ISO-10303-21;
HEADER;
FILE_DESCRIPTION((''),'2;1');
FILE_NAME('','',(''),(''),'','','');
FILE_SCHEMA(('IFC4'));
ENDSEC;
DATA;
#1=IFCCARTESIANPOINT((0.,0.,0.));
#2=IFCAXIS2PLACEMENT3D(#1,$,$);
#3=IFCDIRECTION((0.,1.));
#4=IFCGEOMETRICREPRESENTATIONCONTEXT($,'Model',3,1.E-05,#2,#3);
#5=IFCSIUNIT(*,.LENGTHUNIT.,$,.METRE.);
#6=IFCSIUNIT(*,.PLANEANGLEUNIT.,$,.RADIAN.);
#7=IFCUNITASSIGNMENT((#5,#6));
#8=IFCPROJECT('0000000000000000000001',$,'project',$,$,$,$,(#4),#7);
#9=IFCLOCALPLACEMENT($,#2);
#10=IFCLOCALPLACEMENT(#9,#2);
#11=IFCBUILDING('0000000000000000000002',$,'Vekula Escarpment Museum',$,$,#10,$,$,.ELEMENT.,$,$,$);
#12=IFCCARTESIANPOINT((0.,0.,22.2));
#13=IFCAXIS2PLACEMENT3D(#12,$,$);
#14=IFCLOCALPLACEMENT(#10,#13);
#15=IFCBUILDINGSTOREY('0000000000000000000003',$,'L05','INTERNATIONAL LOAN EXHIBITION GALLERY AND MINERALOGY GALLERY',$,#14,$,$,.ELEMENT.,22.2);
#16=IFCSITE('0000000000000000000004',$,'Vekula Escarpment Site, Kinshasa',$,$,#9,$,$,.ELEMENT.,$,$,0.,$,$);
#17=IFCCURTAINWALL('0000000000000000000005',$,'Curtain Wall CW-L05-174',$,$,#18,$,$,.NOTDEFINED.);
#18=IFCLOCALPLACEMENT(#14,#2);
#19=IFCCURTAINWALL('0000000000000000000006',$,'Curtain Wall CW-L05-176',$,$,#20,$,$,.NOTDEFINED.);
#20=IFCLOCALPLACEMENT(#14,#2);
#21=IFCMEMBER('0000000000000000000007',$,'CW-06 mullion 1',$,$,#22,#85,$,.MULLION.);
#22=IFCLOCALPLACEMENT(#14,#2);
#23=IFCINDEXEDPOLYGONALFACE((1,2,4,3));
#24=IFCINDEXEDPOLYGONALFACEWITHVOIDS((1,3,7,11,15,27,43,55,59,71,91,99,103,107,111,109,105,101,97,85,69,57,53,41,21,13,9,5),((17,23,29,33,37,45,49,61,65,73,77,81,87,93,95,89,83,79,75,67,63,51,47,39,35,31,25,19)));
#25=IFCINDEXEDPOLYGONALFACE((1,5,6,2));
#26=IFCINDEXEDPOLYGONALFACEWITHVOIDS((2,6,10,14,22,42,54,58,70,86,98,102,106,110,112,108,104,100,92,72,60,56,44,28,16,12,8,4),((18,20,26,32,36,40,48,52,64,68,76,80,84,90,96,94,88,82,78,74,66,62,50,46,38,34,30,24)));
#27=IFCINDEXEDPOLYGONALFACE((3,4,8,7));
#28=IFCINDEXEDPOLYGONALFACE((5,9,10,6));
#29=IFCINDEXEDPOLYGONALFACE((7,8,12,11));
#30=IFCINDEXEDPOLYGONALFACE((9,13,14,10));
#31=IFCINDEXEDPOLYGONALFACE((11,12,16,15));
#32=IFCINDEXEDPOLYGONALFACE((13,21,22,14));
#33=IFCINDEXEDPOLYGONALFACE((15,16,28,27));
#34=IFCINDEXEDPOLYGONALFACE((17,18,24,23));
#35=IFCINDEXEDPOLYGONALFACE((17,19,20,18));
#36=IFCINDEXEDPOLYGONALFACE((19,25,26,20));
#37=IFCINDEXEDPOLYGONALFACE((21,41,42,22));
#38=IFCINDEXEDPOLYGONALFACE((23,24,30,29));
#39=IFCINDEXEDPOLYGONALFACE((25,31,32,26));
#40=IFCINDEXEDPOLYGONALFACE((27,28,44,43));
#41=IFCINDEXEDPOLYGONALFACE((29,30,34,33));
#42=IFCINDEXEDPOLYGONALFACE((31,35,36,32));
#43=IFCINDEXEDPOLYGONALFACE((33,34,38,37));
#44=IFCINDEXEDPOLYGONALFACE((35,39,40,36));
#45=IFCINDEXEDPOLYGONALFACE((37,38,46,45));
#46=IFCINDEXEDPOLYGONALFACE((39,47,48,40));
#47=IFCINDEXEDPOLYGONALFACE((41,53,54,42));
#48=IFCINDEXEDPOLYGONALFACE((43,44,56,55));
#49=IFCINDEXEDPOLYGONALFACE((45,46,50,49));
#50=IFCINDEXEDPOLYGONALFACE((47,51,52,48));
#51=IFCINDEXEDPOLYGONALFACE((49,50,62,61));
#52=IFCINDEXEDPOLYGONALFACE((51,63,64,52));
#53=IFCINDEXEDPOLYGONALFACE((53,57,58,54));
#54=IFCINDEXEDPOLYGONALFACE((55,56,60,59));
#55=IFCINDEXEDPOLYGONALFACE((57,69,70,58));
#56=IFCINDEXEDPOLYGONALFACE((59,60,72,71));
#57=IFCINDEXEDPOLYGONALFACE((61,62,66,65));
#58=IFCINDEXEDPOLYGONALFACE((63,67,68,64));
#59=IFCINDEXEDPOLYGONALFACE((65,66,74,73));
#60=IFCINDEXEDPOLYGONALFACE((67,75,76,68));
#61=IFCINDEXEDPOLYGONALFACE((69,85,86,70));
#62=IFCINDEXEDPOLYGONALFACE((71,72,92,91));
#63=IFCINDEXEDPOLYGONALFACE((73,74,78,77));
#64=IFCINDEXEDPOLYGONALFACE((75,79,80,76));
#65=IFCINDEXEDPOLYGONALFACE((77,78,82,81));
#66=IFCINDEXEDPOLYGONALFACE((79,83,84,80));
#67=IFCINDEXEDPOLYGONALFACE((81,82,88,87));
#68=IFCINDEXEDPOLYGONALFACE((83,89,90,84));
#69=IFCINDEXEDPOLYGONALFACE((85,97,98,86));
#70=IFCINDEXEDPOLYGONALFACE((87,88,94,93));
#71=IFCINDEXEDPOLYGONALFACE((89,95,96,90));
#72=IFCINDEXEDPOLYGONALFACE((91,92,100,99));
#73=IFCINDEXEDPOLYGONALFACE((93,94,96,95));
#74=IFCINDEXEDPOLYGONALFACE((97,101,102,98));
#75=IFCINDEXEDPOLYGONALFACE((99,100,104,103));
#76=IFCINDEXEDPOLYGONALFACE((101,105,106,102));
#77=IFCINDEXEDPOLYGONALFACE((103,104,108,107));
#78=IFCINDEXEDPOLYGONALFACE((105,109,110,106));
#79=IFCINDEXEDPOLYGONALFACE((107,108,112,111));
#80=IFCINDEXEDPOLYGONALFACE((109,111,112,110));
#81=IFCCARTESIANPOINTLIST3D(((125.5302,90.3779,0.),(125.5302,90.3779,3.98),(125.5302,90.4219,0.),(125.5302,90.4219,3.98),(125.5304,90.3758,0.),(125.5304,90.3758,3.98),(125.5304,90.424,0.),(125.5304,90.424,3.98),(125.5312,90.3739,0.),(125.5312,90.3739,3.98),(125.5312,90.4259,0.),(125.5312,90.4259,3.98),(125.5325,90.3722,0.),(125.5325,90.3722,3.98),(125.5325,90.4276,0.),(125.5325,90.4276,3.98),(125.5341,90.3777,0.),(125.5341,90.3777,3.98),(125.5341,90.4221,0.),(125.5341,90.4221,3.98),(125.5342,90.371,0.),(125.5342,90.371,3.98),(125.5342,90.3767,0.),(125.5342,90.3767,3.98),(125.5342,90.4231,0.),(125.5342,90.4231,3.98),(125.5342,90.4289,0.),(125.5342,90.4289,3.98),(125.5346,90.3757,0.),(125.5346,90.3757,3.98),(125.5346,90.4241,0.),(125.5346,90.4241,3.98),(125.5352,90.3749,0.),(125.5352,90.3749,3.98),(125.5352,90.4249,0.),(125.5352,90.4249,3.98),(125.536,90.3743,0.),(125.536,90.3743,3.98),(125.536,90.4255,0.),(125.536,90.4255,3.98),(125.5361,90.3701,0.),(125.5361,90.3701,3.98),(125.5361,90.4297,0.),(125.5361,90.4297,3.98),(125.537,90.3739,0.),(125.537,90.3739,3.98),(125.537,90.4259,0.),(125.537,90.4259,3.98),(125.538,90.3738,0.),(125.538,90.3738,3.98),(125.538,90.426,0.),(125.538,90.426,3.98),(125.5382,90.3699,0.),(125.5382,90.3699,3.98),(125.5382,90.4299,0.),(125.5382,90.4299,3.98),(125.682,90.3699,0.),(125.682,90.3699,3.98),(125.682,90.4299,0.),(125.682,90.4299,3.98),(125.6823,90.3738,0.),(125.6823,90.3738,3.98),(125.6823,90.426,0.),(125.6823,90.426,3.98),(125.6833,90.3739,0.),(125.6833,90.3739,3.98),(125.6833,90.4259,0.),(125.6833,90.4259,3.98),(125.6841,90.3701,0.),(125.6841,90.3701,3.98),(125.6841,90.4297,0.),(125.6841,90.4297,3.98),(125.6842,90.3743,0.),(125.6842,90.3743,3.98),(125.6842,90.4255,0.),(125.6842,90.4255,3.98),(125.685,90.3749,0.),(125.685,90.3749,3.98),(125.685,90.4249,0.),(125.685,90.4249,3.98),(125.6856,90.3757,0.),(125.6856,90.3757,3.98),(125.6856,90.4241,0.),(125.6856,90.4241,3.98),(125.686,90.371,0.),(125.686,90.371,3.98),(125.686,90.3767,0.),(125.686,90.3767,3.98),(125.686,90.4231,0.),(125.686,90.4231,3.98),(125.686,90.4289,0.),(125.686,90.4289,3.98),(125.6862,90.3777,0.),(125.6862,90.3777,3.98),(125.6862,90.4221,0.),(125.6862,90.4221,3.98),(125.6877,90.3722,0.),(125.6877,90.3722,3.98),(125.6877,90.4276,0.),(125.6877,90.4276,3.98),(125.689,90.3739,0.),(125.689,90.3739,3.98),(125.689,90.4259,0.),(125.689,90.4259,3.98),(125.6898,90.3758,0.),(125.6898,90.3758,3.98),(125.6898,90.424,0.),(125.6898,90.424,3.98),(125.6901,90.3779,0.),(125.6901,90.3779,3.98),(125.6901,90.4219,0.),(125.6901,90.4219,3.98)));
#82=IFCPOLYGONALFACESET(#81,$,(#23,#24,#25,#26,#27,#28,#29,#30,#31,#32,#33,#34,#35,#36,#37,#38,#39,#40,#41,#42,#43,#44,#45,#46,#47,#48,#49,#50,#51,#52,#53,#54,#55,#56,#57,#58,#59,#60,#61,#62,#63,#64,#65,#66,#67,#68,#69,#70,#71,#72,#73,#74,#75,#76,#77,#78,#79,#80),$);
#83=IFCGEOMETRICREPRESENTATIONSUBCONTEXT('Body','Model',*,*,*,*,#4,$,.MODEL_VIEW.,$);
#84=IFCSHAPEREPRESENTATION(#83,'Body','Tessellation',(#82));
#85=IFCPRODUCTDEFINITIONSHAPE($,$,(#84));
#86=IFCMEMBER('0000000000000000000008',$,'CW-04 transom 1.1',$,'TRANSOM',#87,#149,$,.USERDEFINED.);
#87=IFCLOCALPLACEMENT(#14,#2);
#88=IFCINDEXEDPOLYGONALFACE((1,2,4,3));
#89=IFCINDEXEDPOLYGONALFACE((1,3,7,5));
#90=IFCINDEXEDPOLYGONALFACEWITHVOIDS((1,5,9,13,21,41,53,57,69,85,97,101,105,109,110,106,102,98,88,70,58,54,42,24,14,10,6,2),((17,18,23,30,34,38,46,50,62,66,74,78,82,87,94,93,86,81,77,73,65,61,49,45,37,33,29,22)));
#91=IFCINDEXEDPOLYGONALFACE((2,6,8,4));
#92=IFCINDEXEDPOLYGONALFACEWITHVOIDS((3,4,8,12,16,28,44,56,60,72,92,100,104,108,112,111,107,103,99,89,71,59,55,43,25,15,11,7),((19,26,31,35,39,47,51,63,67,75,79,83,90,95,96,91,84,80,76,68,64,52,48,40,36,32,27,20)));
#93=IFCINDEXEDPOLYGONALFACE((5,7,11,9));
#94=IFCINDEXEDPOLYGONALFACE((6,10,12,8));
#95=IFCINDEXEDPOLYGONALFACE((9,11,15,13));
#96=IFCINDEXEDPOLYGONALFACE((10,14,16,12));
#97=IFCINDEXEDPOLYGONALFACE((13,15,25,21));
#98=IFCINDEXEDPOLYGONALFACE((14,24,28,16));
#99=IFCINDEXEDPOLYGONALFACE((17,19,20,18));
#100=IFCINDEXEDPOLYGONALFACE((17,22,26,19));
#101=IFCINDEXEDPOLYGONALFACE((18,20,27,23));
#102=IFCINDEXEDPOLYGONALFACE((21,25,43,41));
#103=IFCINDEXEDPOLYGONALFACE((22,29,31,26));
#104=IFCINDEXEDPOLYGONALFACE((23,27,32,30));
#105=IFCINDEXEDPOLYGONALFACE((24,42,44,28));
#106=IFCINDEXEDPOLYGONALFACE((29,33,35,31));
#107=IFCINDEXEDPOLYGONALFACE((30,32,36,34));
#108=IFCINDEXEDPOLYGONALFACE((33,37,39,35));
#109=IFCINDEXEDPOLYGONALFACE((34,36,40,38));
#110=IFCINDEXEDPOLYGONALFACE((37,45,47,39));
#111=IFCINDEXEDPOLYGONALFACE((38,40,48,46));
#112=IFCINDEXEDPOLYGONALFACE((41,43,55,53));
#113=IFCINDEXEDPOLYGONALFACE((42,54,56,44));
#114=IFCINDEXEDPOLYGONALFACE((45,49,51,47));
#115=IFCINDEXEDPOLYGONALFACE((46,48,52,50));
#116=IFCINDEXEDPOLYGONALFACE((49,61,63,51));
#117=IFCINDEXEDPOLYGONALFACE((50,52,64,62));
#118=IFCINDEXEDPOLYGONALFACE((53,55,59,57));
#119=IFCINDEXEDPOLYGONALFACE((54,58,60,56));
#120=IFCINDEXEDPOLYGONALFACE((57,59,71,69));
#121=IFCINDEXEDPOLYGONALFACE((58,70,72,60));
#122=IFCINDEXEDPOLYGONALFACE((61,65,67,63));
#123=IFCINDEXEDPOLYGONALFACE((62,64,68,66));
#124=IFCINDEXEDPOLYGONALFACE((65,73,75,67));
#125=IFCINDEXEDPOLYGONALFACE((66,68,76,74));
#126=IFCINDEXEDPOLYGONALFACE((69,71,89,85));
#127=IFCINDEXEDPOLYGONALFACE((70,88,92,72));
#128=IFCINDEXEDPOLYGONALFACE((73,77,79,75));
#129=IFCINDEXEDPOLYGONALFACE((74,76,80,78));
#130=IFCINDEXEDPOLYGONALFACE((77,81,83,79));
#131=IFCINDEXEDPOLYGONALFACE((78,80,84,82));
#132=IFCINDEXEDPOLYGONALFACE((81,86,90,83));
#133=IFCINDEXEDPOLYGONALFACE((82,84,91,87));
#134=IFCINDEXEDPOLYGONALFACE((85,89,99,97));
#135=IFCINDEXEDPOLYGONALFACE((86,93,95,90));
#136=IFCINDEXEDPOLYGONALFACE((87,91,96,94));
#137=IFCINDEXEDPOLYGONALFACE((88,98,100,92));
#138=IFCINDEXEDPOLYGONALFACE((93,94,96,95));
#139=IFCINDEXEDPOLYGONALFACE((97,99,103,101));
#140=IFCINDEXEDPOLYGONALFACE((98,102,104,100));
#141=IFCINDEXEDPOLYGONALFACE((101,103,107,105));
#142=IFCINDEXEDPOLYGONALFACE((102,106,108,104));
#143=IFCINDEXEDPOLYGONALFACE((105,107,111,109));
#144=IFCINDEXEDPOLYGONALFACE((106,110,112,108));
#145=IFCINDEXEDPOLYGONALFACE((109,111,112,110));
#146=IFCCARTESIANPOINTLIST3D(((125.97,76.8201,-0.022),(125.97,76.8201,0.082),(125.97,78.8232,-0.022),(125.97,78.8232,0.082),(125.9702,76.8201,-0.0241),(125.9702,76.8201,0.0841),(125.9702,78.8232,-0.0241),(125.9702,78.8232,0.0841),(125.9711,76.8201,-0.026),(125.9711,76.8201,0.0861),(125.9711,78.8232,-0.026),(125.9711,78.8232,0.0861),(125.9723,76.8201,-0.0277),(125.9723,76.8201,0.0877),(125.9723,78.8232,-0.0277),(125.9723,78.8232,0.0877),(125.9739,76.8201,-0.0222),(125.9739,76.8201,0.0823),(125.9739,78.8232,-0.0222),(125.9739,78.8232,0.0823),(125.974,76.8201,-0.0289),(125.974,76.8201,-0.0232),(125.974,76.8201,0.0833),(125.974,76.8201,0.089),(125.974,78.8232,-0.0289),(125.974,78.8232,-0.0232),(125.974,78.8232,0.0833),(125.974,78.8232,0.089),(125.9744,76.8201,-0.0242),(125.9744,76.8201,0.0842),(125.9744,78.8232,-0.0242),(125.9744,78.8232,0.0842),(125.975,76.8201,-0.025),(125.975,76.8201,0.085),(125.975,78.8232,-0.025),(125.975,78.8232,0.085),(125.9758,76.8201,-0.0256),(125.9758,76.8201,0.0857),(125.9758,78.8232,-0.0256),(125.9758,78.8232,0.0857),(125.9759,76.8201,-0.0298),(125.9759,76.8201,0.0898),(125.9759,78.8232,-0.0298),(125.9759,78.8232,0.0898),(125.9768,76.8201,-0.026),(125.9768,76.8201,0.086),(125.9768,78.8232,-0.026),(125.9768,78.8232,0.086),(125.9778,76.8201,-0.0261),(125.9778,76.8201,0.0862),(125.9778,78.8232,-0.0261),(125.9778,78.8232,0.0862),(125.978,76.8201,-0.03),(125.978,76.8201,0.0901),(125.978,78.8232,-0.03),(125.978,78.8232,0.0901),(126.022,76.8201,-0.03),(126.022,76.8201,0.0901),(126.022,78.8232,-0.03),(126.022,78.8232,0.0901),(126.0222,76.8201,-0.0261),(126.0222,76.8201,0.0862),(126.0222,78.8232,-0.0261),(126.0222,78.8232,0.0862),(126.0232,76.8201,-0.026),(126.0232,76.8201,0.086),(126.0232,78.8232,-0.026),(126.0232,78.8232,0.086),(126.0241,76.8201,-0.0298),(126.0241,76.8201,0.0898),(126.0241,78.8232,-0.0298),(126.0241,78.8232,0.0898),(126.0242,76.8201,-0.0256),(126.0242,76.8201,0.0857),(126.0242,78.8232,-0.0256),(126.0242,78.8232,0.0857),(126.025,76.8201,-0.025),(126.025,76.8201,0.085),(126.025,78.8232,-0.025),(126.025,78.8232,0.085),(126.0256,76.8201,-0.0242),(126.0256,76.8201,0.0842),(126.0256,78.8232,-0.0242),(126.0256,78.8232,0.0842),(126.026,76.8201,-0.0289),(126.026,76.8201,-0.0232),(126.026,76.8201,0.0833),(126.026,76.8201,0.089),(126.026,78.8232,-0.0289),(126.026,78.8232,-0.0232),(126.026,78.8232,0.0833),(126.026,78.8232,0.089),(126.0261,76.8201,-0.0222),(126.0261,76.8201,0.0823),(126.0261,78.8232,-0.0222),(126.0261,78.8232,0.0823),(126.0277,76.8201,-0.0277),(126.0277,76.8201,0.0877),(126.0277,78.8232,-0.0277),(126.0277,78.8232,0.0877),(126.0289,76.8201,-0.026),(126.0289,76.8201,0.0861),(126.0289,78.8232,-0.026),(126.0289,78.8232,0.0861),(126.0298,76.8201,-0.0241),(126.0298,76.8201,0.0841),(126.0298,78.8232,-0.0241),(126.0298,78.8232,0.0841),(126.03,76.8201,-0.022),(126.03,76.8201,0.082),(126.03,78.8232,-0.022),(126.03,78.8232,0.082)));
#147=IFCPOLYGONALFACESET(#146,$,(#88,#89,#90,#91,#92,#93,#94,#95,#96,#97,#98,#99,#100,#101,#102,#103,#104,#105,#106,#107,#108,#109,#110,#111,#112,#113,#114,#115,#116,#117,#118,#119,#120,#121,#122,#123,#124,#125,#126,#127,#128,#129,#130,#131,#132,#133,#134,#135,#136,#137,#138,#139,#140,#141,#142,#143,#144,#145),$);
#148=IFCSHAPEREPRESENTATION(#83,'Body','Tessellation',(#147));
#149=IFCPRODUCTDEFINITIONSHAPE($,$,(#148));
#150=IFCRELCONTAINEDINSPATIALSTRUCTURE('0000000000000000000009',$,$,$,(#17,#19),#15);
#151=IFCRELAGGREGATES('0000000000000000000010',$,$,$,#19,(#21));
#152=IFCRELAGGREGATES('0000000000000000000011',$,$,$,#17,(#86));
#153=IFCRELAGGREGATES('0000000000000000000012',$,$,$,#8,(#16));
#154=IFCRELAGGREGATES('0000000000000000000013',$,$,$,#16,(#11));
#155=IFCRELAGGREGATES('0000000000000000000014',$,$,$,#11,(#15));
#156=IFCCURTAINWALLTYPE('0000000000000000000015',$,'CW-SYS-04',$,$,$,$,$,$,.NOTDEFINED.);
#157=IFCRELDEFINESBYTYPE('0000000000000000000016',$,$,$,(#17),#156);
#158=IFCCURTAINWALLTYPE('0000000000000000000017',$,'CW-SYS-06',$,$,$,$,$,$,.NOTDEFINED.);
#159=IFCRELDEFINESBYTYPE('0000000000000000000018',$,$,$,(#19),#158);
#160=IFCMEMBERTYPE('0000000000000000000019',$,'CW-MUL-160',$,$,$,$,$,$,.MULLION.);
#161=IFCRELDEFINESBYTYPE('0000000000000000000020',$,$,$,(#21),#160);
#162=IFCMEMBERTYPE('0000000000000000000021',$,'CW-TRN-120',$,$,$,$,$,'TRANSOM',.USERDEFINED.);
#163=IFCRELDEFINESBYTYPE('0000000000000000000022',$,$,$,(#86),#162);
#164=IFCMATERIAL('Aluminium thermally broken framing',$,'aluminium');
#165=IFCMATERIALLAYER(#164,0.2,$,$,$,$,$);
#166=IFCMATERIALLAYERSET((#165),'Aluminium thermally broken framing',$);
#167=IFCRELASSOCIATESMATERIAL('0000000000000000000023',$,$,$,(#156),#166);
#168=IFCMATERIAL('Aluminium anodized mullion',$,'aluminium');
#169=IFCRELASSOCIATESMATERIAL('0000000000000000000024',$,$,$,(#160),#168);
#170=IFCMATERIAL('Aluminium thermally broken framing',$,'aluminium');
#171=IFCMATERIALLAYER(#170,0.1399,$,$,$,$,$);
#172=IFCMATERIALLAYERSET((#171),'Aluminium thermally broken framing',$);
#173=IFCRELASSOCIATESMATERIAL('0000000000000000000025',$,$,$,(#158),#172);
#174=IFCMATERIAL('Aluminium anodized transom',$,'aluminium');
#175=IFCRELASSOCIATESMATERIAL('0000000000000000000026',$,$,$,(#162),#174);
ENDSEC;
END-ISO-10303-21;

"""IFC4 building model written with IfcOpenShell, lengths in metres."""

from ifc_helpers import new_model, si_unit, direction, frame, origin, origin_2d, place, context, subcontext, project, spatial, hollow_rectangle, extrude, material, layer, layer_set, material_profile, profile_set, type_object, element, aggregate, save


model = new_model("IFC4")

# Units and contexts
model_context = context("Model", 3, precision=1e-05, world=origin(), true_north=direction((0.0, 1.0)))
body_context = subcontext(model_context, "Body", "Model", "MODEL_VIEW")
ifc_project = project(units=[si_unit("LENGTHUNIT", "METRE"), si_unit("PLANEANGLEUNIT", "RADIAN")], contexts=[model_context])

# Site, building, storey
site_placement = place(None, origin())
site = spatial("IfcSite", under=ifc_project, at=site_placement, Name="Vekula Escarpment Site, Kinshasa", CompositionType="ELEMENT", RefElevation=0.0)
building_placement = place(site_placement, origin())
building = spatial("IfcBuilding", under=site, at=building_placement, Name="Vekula Escarpment Museum", CompositionType="ELEMENT")
storey_placement = place(building_placement, frame((0.0, 0.0, 22.2)))
storey = spatial("IfcBuildingStorey", under=building, at=storey_placement, Name="L05", Description="INTERNATIONAL LOAN EXHIBITION GALLERY AND MINERALOGY GALLERY", CompositionType="ELEMENT", Elevation=22.2)

# Curtain wall
ifc_material_1 = material(Name="Aluminium thermally broken framing", Category="aluminium")
ifc_layer_1 = layer(ifc_material_1, 0.2)
ifc_layer_set_1 = layer_set([ifc_layer_1], Name="Aluminium thermally broken framing")
curtain_wall_type_1 = type_object("IfcCurtainWallType", Name="CW-SYS-04", PredefinedType="NOTDEFINED", material=ifc_layer_set_1)
curtain_wall_1_placement = place(storey_placement, origin())
curtain_wall_1 = element("IfcCurtainWall", 1, at=curtain_wall_1_placement, inside=storey, type_object=curtain_wall_type_1, Name="Curtain Wall CW-L05-174", PredefinedType="NOTDEFINED")
ifc_material_2 = material(Name="Aluminium anodized mullion", Category="aluminium")
ifc_material_profile_1 = material_profile(ifc_material_2, hollow_rectangle(XDim=0.0601, YDim=0.1599, WallThickness=0.0039, InnerFilletRadius=0.0039, OuterFilletRadius=0.0081, at=origin_2d()), Name="ALU 160x60x4")
ifc_profile_set_1 = profile_set([ifc_material_profile_1], Name="Aluminium anodized mullion")
member_type_1 = type_object("IfcMemberType", Name="CW-MUL-160", PredefinedType="MULLION", material=ifc_profile_set_1)

# Curtain wall, member
ifc_material_3 = material(Name="Aluminium thermally broken framing", Category="aluminium")
ifc_layer_2 = layer(ifc_material_3, 0.1399)
ifc_layer_set_2 = layer_set([ifc_layer_2], Name="Aluminium thermally broken framing")
curtain_wall_type_2 = type_object("IfcCurtainWallType", Name="CW-SYS-06", PredefinedType="NOTDEFINED", material=ifc_layer_set_2)
curtain_wall_2_placement = place(storey_placement, origin())
curtain_wall_2 = element("IfcCurtainWall", 2, at=curtain_wall_2_placement, inside=storey, type_object=curtain_wall_type_2, Name="Curtain Wall CW-L05-176", PredefinedType="NOTDEFINED")
member_1_placement = place(storey_placement, frame((125.6101, 90.3999, 0.0), z_axis=(0.0, 0.0, 1.0), x_axis=(0.0, -1.0, 0.0)))
member_1 = element("IfcMember", 3, at=member_1_placement, type_object=member_type_1, Name="CW-06 mullion 1", PredefinedType="MULLION", context=body_context, shape_type="SweptSolid", body=[
    extrude(hollow_rectangle(XDim=0.0601, YDim=0.1599, WallThickness=0.0039, InnerFilletRadius=0.0039, OuterFilletRadius=0.0081, at=origin_2d()), origin(), (0.0, 0.0, 1.0), 3.98),
])

# Member
ifc_material_4 = material(Name="Aluminium anodized transom", Category="aluminium")
ifc_material_profile_2 = material_profile(ifc_material_4, hollow_rectangle(XDim=0.0601, YDim=0.1201, WallThickness=0.0039, InnerFilletRadius=0.0039, OuterFilletRadius=0.0081, at=origin_2d()), Name="ALU 120x60x4")
ifc_profile_set_2 = profile_set([ifc_material_profile_2], Name="Aluminium anodized transom")
member_type_2 = type_object("IfcMemberType", Name="CW-TRN-120", ElementType="TRANSOM", PredefinedType="USERDEFINED", material=ifc_profile_set_2)
member_2_placement = place(storey_placement, frame((126.0, 76.8201, 0.03), z_axis=(0.0, 1.0, 0.0), x_axis=(-1.0, 0.0, 0.0)))
member_2 = element("IfcMember", 4, at=member_2_placement, type_object=member_type_2, Name="CW-04 transom 1.1", ObjectType="TRANSOM", PredefinedType="USERDEFINED", context=body_context, shape_type="SweptSolid", body=[
    extrude(hollow_rectangle(XDim=0.0601, YDim=0.1201, WallThickness=0.0039, InnerFilletRadius=0.0039, OuterFilletRadius=0.0081, at=origin_2d()), origin(), (0.0, 0.0, 1.0), 2.0032),
])
aggregate(curtain_wall_2, [member_1])

aggregate(curtain_wall_1, [member_2])

save(model, "model.ifc")
